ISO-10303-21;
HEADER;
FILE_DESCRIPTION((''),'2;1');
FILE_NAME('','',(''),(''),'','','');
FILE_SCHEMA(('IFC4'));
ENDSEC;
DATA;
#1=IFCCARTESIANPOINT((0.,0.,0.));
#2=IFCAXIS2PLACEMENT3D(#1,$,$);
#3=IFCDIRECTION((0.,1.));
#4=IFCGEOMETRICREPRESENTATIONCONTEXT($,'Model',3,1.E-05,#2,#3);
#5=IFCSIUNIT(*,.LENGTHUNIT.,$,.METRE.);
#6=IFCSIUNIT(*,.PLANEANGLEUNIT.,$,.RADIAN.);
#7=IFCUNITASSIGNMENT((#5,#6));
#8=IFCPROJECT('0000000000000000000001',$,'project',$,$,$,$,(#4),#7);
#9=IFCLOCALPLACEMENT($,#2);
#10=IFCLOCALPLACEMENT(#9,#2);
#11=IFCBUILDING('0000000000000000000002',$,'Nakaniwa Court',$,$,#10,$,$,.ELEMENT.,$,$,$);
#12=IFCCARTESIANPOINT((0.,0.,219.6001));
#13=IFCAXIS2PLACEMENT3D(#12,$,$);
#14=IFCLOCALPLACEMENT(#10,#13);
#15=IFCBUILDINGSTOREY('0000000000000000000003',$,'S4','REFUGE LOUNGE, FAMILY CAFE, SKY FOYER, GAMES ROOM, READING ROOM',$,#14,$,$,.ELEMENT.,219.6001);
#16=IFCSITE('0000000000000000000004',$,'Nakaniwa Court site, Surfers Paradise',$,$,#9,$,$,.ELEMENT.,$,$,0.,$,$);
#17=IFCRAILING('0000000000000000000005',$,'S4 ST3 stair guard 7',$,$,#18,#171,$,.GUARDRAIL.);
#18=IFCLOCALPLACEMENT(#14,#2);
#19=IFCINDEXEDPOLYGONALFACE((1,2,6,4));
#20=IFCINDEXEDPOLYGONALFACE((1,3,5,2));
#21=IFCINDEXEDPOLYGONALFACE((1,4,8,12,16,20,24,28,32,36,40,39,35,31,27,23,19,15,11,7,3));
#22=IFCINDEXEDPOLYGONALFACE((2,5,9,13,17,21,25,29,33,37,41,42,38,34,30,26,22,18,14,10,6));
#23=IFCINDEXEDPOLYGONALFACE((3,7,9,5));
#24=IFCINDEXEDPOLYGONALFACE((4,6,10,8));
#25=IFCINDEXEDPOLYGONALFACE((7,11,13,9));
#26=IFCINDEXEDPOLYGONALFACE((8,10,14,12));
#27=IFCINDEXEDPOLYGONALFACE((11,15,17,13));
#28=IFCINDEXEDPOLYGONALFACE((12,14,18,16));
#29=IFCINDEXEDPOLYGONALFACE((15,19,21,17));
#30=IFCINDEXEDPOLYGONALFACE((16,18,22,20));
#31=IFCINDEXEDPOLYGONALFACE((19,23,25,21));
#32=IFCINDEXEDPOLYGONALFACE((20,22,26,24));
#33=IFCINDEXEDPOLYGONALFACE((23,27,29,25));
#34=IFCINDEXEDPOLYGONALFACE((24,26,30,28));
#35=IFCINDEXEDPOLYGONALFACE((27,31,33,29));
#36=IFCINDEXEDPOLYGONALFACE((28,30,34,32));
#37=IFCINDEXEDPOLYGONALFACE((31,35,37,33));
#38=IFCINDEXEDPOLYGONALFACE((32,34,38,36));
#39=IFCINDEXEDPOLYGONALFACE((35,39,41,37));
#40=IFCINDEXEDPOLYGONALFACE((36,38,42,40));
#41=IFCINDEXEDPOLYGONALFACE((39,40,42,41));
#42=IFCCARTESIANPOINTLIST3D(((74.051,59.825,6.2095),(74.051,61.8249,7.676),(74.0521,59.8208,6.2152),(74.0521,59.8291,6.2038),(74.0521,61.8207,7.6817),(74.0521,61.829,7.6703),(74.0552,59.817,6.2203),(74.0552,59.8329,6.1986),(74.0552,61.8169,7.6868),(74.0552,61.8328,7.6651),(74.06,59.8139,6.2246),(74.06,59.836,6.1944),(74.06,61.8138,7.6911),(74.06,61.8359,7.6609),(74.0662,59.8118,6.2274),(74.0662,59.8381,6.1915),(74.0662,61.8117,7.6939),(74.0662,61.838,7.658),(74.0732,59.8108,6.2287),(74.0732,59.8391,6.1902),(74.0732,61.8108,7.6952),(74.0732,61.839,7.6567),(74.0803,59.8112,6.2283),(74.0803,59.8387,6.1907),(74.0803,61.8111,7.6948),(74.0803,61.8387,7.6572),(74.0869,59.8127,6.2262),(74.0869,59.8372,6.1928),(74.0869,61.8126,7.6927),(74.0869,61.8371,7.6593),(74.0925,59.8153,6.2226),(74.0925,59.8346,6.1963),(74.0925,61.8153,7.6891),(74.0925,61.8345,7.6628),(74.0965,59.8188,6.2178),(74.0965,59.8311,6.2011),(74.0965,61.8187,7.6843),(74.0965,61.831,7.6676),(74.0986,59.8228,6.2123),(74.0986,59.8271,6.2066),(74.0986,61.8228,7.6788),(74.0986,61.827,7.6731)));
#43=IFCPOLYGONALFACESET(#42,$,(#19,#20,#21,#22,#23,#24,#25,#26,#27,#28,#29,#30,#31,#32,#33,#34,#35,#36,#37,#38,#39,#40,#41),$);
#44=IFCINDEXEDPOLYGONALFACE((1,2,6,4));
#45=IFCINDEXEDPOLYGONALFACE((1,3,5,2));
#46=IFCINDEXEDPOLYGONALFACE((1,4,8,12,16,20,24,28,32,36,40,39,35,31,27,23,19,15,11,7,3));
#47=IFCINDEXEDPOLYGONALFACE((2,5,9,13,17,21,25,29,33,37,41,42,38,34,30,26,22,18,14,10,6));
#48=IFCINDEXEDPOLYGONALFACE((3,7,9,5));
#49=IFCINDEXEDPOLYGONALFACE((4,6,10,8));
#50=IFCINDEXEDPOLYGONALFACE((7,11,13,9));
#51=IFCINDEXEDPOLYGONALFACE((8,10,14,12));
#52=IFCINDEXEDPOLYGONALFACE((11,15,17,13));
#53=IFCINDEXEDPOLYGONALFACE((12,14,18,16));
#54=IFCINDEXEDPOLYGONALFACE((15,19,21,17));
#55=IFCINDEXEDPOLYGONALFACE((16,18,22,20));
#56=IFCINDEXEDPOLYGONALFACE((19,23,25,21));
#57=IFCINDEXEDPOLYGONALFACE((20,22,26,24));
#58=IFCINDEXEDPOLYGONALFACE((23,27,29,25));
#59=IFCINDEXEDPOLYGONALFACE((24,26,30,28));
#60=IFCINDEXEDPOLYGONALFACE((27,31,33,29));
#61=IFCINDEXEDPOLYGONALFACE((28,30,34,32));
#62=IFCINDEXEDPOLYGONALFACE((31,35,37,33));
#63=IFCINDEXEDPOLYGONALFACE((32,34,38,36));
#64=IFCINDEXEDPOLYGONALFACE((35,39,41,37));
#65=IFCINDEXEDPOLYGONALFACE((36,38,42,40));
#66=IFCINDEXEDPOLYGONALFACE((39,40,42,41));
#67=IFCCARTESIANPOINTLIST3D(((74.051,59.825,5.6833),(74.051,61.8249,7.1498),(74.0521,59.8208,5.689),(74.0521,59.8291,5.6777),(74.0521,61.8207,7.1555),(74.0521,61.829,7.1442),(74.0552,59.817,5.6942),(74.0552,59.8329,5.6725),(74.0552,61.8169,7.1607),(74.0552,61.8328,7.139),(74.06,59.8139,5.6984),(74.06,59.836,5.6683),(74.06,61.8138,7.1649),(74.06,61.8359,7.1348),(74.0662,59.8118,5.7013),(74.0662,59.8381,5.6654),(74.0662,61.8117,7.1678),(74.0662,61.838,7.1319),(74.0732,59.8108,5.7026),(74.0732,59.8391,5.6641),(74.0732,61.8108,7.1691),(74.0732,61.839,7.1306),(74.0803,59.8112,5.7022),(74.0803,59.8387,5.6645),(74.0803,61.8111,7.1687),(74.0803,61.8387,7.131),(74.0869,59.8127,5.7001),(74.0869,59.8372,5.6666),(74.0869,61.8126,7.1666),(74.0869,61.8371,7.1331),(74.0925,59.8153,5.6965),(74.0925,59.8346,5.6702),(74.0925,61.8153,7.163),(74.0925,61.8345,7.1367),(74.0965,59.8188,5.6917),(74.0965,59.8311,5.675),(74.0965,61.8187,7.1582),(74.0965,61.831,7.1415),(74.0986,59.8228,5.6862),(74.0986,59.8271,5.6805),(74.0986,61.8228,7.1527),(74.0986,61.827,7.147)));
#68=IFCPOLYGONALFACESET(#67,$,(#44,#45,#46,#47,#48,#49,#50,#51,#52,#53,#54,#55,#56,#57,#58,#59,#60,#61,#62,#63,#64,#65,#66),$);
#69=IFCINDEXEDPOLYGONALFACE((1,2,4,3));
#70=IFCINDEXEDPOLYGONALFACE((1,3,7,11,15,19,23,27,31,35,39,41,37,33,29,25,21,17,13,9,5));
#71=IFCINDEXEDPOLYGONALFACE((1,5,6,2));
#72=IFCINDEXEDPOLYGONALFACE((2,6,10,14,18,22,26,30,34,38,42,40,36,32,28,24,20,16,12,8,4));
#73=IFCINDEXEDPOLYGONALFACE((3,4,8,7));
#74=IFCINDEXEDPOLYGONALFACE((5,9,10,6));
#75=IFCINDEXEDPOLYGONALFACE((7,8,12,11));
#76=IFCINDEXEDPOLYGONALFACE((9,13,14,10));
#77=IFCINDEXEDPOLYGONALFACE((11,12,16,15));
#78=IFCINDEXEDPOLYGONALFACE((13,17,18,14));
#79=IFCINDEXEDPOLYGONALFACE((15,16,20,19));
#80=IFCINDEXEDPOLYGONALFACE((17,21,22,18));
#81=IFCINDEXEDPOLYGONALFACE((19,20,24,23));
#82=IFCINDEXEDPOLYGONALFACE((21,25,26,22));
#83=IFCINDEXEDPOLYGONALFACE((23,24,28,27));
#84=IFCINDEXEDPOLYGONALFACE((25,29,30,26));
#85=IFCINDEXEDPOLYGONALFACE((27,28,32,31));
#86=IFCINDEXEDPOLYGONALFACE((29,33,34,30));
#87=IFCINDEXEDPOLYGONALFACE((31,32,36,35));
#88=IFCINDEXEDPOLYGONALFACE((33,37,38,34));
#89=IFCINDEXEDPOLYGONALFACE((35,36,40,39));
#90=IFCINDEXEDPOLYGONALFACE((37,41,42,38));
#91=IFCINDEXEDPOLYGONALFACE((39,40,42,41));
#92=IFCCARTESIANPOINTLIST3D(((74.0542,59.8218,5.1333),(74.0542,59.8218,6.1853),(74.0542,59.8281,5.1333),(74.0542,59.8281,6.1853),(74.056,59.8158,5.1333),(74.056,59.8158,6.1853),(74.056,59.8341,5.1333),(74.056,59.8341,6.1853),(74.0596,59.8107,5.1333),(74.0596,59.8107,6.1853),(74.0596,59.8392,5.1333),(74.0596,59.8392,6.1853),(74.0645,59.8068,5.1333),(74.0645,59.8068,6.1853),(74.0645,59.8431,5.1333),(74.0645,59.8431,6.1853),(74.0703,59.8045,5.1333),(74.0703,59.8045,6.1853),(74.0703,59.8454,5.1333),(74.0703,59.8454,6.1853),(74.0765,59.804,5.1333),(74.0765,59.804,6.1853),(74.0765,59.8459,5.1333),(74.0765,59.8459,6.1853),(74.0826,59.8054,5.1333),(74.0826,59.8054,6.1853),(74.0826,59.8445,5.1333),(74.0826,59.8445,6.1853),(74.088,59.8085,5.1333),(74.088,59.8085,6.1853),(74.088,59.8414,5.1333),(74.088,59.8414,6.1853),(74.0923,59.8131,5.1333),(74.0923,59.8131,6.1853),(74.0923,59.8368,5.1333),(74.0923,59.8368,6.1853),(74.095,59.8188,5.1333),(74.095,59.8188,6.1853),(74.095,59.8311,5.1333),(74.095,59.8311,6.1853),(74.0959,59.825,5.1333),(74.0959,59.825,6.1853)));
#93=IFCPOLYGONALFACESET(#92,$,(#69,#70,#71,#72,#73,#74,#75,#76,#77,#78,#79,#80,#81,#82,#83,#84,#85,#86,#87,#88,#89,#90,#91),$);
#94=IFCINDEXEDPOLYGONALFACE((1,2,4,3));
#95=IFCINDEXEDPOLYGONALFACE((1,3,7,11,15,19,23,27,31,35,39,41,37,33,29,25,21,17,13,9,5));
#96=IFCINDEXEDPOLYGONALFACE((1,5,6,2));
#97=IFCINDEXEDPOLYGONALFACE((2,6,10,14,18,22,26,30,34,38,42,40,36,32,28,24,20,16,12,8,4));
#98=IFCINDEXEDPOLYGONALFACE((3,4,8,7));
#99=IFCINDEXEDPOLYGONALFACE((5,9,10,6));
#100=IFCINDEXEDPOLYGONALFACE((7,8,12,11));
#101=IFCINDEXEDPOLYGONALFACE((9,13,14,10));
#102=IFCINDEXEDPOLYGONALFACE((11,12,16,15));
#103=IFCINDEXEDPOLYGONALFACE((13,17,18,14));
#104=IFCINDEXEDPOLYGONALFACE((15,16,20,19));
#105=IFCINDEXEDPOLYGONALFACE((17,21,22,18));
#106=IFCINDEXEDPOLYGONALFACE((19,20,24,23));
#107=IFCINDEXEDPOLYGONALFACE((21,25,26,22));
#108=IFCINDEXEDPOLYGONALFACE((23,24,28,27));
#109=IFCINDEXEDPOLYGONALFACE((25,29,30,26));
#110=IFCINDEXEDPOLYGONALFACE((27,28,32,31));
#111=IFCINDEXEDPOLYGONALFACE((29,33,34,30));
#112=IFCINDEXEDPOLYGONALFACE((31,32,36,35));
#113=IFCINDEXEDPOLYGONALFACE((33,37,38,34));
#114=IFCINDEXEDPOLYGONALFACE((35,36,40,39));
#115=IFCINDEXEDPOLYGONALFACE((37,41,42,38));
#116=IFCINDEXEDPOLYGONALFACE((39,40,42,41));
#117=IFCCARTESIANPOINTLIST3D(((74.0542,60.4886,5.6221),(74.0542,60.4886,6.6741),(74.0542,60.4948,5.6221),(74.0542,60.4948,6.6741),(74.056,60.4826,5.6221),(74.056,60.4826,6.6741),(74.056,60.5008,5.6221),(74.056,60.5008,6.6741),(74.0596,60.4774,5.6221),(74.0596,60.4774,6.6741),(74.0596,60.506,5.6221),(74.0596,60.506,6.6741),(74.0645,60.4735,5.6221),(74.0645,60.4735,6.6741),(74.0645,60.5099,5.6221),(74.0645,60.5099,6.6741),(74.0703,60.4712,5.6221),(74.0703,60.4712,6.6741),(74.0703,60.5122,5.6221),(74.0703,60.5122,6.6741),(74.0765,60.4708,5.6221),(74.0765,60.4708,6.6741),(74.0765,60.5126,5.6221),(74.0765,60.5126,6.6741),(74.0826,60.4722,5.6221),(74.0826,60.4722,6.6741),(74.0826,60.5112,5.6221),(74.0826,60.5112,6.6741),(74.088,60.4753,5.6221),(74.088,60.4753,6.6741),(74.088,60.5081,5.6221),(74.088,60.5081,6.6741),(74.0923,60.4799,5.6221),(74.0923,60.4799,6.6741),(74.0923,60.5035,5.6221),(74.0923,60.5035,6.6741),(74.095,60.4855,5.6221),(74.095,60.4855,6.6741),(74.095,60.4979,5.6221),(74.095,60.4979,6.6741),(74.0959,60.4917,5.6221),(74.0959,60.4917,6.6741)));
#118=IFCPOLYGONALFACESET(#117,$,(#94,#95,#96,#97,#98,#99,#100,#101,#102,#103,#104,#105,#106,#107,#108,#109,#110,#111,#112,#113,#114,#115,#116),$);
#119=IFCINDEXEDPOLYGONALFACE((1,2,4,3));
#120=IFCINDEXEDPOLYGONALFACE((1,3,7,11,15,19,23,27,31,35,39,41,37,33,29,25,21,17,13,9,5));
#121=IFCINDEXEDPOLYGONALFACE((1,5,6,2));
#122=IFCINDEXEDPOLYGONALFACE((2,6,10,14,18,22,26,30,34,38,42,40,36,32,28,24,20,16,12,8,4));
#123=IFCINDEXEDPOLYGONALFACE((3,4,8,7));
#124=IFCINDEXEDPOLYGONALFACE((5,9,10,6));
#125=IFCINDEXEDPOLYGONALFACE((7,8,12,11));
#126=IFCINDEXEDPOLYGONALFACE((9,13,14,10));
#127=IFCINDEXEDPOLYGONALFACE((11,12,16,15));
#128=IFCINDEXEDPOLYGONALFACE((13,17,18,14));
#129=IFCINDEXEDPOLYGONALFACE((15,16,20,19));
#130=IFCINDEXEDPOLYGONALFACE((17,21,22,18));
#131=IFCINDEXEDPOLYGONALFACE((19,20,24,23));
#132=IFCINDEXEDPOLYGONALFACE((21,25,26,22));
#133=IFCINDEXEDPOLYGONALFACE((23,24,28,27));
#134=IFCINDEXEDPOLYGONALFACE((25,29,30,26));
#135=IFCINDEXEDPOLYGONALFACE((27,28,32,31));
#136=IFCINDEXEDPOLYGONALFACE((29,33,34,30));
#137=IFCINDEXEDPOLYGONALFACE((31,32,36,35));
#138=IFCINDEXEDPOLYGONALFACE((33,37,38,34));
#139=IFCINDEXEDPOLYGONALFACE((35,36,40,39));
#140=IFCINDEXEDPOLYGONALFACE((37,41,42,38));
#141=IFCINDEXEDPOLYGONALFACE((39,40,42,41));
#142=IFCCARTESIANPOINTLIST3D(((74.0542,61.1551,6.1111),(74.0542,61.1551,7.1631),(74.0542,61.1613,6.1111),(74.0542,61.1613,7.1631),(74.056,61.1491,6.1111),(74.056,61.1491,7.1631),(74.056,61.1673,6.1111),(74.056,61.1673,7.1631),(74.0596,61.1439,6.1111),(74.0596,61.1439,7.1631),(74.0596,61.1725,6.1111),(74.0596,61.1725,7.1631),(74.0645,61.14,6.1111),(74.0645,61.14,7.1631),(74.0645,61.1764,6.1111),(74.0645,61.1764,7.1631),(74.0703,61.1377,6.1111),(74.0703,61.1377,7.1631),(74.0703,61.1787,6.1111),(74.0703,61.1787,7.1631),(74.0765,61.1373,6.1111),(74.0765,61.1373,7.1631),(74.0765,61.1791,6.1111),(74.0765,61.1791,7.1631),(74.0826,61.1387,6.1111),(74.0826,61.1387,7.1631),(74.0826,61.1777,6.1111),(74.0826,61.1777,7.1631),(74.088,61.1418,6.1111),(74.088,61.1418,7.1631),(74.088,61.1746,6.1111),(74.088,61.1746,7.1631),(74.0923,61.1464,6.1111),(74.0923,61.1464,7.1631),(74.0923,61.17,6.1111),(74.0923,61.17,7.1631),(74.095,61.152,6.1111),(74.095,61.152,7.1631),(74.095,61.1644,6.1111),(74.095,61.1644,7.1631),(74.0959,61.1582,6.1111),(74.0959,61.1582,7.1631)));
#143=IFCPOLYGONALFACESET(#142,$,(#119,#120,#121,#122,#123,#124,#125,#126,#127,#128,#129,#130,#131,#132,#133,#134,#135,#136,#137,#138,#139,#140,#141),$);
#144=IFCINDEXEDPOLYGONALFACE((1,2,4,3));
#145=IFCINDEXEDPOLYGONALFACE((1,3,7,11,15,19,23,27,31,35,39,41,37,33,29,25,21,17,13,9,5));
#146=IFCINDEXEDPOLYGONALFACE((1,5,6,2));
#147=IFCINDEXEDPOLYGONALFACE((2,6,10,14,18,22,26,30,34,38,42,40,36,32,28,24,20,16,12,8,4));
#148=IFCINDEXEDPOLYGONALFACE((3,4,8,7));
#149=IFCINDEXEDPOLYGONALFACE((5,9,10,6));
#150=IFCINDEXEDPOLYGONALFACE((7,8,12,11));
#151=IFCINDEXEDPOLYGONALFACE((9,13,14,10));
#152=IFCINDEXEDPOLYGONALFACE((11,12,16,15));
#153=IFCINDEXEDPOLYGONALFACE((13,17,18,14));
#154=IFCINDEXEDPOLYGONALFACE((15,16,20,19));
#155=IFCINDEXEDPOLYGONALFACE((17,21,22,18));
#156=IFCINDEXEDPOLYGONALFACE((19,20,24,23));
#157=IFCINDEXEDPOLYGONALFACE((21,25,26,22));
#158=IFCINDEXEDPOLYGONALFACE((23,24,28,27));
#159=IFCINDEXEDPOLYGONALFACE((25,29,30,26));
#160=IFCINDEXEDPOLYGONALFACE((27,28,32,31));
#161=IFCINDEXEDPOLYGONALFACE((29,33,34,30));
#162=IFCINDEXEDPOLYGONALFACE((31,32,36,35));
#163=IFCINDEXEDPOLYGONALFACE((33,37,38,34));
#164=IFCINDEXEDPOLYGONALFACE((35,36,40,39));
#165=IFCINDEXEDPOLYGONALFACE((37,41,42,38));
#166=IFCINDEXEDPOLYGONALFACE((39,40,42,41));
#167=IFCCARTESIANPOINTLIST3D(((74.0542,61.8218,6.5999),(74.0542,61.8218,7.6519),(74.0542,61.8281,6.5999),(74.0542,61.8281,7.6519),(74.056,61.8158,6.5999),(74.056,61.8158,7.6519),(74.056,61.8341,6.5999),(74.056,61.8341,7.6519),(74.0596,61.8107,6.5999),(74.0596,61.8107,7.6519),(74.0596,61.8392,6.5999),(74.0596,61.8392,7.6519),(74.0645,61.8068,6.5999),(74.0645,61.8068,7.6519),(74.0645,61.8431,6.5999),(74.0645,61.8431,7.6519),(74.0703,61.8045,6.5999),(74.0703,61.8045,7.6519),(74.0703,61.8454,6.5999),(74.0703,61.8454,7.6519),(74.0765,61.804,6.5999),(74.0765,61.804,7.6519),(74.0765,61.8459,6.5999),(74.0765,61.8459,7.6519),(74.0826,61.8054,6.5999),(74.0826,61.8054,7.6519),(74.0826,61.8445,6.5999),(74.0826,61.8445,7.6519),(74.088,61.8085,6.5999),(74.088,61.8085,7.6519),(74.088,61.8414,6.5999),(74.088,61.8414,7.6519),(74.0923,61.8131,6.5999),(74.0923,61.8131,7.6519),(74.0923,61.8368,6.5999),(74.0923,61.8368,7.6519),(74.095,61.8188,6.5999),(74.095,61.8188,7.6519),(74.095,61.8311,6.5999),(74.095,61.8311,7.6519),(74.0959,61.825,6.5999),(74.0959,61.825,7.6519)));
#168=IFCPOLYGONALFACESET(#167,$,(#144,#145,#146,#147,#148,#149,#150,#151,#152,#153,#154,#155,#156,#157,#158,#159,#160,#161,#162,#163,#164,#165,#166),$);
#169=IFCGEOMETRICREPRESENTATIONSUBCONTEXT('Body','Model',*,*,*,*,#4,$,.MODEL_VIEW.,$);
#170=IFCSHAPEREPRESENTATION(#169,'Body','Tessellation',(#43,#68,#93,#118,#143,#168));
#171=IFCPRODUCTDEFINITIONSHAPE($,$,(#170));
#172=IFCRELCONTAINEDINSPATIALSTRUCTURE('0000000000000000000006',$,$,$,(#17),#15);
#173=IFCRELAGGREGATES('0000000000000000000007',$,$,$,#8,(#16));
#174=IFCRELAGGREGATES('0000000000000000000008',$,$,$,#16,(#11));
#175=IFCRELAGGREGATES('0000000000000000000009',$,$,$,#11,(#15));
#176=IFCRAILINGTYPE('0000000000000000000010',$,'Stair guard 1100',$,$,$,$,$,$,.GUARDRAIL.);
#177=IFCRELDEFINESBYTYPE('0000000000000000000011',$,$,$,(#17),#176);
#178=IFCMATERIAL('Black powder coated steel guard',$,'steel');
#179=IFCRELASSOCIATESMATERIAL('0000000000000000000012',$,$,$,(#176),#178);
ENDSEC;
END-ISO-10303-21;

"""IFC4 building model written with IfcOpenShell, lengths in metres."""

from ifc_helpers import new_model, si_unit, direction, frame, origin, origin_2d, place, context, subcontext, project, spatial, circle, extrude, material, type_object, element, save


model = new_model("IFC4")

# Units and contexts
model_context = context("Model", 3, precision=1e-05, world=origin(), true_north=direction((0.0, 1.0)))
body_context = subcontext(model_context, "Body", "Model", "MODEL_VIEW")
ifc_project = project(units=[si_unit("LENGTHUNIT", "METRE"), si_unit("PLANEANGLEUNIT", "RADIAN")], contexts=[model_context])

# Site, building, storey
site_placement = place(None, origin())
site = spatial("IfcSite", under=ifc_project, at=site_placement, Name="Nakaniwa Court site, Surfers Paradise", CompositionType="ELEMENT", RefElevation=0.0)
building_placement = place(site_placement, origin())
building = spatial("IfcBuilding", under=site, at=building_placement, Name="Nakaniwa Court", CompositionType="ELEMENT")
storey_placement = place(building_placement, frame((0.0, 0.0, 219.6001)))
storey = spatial("IfcBuildingStorey", under=building, at=storey_placement, Name="S4", Description="REFUGE LOUNGE, FAMILY CAFE, SKY FOYER, GAMES ROOM, READING ROOM", CompositionType="ELEMENT", Elevation=219.6001)

# Railing
ifc_material_1 = material(Name="Black powder coated steel guard", Category="steel")
railing_type_1 = type_object("IfcRailingType", Name="Stair guard 1100", PredefinedType="GUARDRAIL", material=ifc_material_1)
railing_1_placement = place(storey_placement, frame((74.075, 59.825, 5.1333)))
element("IfcRailing", 1, at=railing_1_placement, inside=storey, type_object=railing_type_1, Name="S4 ST3 stair guard 7", PredefinedType="GUARDRAIL", context=body_context, shape_type="SweptSolid", body=[
    extrude(circle(Radius=0.0239, at=origin_2d()), frame((0.0, 0.0, 1.0762), z_axis=(0.0, 0.806427, 0.591334), x_axis=(-1.0, 0.0, 0.0)), (0.0, 0.0, 1.0), 2.48),
    extrude(circle(Radius=0.0239, at=origin_2d()), frame((0.0, 0.0, 0.55), z_axis=(0.0, 0.806427, 0.591334), x_axis=(-1.0, 0.0, 0.0)), (0.0, 0.0, 1.0), 2.48),
    extrude(circle(Radius=0.021, at=origin_2d()), origin(), (0.0, 0.0, 1.0), 1.052),
    extrude(circle(Radius=0.021, at=origin_2d()), frame((0.0, 0.6667, 0.4888)), (0.0, 0.0, 1.0), 1.052),
    extrude(circle(Radius=0.021, at=origin_2d()), frame((0.0, 1.3333, 0.9778)), (0.0, 0.0, 1.0), 1.052),
    extrude(circle(Radius=0.021, at=origin_2d()), frame((0.0, 2.0, 1.4666)), (0.0, 0.0, 1.0), 1.052),
])

save(model, "model.ifc")
